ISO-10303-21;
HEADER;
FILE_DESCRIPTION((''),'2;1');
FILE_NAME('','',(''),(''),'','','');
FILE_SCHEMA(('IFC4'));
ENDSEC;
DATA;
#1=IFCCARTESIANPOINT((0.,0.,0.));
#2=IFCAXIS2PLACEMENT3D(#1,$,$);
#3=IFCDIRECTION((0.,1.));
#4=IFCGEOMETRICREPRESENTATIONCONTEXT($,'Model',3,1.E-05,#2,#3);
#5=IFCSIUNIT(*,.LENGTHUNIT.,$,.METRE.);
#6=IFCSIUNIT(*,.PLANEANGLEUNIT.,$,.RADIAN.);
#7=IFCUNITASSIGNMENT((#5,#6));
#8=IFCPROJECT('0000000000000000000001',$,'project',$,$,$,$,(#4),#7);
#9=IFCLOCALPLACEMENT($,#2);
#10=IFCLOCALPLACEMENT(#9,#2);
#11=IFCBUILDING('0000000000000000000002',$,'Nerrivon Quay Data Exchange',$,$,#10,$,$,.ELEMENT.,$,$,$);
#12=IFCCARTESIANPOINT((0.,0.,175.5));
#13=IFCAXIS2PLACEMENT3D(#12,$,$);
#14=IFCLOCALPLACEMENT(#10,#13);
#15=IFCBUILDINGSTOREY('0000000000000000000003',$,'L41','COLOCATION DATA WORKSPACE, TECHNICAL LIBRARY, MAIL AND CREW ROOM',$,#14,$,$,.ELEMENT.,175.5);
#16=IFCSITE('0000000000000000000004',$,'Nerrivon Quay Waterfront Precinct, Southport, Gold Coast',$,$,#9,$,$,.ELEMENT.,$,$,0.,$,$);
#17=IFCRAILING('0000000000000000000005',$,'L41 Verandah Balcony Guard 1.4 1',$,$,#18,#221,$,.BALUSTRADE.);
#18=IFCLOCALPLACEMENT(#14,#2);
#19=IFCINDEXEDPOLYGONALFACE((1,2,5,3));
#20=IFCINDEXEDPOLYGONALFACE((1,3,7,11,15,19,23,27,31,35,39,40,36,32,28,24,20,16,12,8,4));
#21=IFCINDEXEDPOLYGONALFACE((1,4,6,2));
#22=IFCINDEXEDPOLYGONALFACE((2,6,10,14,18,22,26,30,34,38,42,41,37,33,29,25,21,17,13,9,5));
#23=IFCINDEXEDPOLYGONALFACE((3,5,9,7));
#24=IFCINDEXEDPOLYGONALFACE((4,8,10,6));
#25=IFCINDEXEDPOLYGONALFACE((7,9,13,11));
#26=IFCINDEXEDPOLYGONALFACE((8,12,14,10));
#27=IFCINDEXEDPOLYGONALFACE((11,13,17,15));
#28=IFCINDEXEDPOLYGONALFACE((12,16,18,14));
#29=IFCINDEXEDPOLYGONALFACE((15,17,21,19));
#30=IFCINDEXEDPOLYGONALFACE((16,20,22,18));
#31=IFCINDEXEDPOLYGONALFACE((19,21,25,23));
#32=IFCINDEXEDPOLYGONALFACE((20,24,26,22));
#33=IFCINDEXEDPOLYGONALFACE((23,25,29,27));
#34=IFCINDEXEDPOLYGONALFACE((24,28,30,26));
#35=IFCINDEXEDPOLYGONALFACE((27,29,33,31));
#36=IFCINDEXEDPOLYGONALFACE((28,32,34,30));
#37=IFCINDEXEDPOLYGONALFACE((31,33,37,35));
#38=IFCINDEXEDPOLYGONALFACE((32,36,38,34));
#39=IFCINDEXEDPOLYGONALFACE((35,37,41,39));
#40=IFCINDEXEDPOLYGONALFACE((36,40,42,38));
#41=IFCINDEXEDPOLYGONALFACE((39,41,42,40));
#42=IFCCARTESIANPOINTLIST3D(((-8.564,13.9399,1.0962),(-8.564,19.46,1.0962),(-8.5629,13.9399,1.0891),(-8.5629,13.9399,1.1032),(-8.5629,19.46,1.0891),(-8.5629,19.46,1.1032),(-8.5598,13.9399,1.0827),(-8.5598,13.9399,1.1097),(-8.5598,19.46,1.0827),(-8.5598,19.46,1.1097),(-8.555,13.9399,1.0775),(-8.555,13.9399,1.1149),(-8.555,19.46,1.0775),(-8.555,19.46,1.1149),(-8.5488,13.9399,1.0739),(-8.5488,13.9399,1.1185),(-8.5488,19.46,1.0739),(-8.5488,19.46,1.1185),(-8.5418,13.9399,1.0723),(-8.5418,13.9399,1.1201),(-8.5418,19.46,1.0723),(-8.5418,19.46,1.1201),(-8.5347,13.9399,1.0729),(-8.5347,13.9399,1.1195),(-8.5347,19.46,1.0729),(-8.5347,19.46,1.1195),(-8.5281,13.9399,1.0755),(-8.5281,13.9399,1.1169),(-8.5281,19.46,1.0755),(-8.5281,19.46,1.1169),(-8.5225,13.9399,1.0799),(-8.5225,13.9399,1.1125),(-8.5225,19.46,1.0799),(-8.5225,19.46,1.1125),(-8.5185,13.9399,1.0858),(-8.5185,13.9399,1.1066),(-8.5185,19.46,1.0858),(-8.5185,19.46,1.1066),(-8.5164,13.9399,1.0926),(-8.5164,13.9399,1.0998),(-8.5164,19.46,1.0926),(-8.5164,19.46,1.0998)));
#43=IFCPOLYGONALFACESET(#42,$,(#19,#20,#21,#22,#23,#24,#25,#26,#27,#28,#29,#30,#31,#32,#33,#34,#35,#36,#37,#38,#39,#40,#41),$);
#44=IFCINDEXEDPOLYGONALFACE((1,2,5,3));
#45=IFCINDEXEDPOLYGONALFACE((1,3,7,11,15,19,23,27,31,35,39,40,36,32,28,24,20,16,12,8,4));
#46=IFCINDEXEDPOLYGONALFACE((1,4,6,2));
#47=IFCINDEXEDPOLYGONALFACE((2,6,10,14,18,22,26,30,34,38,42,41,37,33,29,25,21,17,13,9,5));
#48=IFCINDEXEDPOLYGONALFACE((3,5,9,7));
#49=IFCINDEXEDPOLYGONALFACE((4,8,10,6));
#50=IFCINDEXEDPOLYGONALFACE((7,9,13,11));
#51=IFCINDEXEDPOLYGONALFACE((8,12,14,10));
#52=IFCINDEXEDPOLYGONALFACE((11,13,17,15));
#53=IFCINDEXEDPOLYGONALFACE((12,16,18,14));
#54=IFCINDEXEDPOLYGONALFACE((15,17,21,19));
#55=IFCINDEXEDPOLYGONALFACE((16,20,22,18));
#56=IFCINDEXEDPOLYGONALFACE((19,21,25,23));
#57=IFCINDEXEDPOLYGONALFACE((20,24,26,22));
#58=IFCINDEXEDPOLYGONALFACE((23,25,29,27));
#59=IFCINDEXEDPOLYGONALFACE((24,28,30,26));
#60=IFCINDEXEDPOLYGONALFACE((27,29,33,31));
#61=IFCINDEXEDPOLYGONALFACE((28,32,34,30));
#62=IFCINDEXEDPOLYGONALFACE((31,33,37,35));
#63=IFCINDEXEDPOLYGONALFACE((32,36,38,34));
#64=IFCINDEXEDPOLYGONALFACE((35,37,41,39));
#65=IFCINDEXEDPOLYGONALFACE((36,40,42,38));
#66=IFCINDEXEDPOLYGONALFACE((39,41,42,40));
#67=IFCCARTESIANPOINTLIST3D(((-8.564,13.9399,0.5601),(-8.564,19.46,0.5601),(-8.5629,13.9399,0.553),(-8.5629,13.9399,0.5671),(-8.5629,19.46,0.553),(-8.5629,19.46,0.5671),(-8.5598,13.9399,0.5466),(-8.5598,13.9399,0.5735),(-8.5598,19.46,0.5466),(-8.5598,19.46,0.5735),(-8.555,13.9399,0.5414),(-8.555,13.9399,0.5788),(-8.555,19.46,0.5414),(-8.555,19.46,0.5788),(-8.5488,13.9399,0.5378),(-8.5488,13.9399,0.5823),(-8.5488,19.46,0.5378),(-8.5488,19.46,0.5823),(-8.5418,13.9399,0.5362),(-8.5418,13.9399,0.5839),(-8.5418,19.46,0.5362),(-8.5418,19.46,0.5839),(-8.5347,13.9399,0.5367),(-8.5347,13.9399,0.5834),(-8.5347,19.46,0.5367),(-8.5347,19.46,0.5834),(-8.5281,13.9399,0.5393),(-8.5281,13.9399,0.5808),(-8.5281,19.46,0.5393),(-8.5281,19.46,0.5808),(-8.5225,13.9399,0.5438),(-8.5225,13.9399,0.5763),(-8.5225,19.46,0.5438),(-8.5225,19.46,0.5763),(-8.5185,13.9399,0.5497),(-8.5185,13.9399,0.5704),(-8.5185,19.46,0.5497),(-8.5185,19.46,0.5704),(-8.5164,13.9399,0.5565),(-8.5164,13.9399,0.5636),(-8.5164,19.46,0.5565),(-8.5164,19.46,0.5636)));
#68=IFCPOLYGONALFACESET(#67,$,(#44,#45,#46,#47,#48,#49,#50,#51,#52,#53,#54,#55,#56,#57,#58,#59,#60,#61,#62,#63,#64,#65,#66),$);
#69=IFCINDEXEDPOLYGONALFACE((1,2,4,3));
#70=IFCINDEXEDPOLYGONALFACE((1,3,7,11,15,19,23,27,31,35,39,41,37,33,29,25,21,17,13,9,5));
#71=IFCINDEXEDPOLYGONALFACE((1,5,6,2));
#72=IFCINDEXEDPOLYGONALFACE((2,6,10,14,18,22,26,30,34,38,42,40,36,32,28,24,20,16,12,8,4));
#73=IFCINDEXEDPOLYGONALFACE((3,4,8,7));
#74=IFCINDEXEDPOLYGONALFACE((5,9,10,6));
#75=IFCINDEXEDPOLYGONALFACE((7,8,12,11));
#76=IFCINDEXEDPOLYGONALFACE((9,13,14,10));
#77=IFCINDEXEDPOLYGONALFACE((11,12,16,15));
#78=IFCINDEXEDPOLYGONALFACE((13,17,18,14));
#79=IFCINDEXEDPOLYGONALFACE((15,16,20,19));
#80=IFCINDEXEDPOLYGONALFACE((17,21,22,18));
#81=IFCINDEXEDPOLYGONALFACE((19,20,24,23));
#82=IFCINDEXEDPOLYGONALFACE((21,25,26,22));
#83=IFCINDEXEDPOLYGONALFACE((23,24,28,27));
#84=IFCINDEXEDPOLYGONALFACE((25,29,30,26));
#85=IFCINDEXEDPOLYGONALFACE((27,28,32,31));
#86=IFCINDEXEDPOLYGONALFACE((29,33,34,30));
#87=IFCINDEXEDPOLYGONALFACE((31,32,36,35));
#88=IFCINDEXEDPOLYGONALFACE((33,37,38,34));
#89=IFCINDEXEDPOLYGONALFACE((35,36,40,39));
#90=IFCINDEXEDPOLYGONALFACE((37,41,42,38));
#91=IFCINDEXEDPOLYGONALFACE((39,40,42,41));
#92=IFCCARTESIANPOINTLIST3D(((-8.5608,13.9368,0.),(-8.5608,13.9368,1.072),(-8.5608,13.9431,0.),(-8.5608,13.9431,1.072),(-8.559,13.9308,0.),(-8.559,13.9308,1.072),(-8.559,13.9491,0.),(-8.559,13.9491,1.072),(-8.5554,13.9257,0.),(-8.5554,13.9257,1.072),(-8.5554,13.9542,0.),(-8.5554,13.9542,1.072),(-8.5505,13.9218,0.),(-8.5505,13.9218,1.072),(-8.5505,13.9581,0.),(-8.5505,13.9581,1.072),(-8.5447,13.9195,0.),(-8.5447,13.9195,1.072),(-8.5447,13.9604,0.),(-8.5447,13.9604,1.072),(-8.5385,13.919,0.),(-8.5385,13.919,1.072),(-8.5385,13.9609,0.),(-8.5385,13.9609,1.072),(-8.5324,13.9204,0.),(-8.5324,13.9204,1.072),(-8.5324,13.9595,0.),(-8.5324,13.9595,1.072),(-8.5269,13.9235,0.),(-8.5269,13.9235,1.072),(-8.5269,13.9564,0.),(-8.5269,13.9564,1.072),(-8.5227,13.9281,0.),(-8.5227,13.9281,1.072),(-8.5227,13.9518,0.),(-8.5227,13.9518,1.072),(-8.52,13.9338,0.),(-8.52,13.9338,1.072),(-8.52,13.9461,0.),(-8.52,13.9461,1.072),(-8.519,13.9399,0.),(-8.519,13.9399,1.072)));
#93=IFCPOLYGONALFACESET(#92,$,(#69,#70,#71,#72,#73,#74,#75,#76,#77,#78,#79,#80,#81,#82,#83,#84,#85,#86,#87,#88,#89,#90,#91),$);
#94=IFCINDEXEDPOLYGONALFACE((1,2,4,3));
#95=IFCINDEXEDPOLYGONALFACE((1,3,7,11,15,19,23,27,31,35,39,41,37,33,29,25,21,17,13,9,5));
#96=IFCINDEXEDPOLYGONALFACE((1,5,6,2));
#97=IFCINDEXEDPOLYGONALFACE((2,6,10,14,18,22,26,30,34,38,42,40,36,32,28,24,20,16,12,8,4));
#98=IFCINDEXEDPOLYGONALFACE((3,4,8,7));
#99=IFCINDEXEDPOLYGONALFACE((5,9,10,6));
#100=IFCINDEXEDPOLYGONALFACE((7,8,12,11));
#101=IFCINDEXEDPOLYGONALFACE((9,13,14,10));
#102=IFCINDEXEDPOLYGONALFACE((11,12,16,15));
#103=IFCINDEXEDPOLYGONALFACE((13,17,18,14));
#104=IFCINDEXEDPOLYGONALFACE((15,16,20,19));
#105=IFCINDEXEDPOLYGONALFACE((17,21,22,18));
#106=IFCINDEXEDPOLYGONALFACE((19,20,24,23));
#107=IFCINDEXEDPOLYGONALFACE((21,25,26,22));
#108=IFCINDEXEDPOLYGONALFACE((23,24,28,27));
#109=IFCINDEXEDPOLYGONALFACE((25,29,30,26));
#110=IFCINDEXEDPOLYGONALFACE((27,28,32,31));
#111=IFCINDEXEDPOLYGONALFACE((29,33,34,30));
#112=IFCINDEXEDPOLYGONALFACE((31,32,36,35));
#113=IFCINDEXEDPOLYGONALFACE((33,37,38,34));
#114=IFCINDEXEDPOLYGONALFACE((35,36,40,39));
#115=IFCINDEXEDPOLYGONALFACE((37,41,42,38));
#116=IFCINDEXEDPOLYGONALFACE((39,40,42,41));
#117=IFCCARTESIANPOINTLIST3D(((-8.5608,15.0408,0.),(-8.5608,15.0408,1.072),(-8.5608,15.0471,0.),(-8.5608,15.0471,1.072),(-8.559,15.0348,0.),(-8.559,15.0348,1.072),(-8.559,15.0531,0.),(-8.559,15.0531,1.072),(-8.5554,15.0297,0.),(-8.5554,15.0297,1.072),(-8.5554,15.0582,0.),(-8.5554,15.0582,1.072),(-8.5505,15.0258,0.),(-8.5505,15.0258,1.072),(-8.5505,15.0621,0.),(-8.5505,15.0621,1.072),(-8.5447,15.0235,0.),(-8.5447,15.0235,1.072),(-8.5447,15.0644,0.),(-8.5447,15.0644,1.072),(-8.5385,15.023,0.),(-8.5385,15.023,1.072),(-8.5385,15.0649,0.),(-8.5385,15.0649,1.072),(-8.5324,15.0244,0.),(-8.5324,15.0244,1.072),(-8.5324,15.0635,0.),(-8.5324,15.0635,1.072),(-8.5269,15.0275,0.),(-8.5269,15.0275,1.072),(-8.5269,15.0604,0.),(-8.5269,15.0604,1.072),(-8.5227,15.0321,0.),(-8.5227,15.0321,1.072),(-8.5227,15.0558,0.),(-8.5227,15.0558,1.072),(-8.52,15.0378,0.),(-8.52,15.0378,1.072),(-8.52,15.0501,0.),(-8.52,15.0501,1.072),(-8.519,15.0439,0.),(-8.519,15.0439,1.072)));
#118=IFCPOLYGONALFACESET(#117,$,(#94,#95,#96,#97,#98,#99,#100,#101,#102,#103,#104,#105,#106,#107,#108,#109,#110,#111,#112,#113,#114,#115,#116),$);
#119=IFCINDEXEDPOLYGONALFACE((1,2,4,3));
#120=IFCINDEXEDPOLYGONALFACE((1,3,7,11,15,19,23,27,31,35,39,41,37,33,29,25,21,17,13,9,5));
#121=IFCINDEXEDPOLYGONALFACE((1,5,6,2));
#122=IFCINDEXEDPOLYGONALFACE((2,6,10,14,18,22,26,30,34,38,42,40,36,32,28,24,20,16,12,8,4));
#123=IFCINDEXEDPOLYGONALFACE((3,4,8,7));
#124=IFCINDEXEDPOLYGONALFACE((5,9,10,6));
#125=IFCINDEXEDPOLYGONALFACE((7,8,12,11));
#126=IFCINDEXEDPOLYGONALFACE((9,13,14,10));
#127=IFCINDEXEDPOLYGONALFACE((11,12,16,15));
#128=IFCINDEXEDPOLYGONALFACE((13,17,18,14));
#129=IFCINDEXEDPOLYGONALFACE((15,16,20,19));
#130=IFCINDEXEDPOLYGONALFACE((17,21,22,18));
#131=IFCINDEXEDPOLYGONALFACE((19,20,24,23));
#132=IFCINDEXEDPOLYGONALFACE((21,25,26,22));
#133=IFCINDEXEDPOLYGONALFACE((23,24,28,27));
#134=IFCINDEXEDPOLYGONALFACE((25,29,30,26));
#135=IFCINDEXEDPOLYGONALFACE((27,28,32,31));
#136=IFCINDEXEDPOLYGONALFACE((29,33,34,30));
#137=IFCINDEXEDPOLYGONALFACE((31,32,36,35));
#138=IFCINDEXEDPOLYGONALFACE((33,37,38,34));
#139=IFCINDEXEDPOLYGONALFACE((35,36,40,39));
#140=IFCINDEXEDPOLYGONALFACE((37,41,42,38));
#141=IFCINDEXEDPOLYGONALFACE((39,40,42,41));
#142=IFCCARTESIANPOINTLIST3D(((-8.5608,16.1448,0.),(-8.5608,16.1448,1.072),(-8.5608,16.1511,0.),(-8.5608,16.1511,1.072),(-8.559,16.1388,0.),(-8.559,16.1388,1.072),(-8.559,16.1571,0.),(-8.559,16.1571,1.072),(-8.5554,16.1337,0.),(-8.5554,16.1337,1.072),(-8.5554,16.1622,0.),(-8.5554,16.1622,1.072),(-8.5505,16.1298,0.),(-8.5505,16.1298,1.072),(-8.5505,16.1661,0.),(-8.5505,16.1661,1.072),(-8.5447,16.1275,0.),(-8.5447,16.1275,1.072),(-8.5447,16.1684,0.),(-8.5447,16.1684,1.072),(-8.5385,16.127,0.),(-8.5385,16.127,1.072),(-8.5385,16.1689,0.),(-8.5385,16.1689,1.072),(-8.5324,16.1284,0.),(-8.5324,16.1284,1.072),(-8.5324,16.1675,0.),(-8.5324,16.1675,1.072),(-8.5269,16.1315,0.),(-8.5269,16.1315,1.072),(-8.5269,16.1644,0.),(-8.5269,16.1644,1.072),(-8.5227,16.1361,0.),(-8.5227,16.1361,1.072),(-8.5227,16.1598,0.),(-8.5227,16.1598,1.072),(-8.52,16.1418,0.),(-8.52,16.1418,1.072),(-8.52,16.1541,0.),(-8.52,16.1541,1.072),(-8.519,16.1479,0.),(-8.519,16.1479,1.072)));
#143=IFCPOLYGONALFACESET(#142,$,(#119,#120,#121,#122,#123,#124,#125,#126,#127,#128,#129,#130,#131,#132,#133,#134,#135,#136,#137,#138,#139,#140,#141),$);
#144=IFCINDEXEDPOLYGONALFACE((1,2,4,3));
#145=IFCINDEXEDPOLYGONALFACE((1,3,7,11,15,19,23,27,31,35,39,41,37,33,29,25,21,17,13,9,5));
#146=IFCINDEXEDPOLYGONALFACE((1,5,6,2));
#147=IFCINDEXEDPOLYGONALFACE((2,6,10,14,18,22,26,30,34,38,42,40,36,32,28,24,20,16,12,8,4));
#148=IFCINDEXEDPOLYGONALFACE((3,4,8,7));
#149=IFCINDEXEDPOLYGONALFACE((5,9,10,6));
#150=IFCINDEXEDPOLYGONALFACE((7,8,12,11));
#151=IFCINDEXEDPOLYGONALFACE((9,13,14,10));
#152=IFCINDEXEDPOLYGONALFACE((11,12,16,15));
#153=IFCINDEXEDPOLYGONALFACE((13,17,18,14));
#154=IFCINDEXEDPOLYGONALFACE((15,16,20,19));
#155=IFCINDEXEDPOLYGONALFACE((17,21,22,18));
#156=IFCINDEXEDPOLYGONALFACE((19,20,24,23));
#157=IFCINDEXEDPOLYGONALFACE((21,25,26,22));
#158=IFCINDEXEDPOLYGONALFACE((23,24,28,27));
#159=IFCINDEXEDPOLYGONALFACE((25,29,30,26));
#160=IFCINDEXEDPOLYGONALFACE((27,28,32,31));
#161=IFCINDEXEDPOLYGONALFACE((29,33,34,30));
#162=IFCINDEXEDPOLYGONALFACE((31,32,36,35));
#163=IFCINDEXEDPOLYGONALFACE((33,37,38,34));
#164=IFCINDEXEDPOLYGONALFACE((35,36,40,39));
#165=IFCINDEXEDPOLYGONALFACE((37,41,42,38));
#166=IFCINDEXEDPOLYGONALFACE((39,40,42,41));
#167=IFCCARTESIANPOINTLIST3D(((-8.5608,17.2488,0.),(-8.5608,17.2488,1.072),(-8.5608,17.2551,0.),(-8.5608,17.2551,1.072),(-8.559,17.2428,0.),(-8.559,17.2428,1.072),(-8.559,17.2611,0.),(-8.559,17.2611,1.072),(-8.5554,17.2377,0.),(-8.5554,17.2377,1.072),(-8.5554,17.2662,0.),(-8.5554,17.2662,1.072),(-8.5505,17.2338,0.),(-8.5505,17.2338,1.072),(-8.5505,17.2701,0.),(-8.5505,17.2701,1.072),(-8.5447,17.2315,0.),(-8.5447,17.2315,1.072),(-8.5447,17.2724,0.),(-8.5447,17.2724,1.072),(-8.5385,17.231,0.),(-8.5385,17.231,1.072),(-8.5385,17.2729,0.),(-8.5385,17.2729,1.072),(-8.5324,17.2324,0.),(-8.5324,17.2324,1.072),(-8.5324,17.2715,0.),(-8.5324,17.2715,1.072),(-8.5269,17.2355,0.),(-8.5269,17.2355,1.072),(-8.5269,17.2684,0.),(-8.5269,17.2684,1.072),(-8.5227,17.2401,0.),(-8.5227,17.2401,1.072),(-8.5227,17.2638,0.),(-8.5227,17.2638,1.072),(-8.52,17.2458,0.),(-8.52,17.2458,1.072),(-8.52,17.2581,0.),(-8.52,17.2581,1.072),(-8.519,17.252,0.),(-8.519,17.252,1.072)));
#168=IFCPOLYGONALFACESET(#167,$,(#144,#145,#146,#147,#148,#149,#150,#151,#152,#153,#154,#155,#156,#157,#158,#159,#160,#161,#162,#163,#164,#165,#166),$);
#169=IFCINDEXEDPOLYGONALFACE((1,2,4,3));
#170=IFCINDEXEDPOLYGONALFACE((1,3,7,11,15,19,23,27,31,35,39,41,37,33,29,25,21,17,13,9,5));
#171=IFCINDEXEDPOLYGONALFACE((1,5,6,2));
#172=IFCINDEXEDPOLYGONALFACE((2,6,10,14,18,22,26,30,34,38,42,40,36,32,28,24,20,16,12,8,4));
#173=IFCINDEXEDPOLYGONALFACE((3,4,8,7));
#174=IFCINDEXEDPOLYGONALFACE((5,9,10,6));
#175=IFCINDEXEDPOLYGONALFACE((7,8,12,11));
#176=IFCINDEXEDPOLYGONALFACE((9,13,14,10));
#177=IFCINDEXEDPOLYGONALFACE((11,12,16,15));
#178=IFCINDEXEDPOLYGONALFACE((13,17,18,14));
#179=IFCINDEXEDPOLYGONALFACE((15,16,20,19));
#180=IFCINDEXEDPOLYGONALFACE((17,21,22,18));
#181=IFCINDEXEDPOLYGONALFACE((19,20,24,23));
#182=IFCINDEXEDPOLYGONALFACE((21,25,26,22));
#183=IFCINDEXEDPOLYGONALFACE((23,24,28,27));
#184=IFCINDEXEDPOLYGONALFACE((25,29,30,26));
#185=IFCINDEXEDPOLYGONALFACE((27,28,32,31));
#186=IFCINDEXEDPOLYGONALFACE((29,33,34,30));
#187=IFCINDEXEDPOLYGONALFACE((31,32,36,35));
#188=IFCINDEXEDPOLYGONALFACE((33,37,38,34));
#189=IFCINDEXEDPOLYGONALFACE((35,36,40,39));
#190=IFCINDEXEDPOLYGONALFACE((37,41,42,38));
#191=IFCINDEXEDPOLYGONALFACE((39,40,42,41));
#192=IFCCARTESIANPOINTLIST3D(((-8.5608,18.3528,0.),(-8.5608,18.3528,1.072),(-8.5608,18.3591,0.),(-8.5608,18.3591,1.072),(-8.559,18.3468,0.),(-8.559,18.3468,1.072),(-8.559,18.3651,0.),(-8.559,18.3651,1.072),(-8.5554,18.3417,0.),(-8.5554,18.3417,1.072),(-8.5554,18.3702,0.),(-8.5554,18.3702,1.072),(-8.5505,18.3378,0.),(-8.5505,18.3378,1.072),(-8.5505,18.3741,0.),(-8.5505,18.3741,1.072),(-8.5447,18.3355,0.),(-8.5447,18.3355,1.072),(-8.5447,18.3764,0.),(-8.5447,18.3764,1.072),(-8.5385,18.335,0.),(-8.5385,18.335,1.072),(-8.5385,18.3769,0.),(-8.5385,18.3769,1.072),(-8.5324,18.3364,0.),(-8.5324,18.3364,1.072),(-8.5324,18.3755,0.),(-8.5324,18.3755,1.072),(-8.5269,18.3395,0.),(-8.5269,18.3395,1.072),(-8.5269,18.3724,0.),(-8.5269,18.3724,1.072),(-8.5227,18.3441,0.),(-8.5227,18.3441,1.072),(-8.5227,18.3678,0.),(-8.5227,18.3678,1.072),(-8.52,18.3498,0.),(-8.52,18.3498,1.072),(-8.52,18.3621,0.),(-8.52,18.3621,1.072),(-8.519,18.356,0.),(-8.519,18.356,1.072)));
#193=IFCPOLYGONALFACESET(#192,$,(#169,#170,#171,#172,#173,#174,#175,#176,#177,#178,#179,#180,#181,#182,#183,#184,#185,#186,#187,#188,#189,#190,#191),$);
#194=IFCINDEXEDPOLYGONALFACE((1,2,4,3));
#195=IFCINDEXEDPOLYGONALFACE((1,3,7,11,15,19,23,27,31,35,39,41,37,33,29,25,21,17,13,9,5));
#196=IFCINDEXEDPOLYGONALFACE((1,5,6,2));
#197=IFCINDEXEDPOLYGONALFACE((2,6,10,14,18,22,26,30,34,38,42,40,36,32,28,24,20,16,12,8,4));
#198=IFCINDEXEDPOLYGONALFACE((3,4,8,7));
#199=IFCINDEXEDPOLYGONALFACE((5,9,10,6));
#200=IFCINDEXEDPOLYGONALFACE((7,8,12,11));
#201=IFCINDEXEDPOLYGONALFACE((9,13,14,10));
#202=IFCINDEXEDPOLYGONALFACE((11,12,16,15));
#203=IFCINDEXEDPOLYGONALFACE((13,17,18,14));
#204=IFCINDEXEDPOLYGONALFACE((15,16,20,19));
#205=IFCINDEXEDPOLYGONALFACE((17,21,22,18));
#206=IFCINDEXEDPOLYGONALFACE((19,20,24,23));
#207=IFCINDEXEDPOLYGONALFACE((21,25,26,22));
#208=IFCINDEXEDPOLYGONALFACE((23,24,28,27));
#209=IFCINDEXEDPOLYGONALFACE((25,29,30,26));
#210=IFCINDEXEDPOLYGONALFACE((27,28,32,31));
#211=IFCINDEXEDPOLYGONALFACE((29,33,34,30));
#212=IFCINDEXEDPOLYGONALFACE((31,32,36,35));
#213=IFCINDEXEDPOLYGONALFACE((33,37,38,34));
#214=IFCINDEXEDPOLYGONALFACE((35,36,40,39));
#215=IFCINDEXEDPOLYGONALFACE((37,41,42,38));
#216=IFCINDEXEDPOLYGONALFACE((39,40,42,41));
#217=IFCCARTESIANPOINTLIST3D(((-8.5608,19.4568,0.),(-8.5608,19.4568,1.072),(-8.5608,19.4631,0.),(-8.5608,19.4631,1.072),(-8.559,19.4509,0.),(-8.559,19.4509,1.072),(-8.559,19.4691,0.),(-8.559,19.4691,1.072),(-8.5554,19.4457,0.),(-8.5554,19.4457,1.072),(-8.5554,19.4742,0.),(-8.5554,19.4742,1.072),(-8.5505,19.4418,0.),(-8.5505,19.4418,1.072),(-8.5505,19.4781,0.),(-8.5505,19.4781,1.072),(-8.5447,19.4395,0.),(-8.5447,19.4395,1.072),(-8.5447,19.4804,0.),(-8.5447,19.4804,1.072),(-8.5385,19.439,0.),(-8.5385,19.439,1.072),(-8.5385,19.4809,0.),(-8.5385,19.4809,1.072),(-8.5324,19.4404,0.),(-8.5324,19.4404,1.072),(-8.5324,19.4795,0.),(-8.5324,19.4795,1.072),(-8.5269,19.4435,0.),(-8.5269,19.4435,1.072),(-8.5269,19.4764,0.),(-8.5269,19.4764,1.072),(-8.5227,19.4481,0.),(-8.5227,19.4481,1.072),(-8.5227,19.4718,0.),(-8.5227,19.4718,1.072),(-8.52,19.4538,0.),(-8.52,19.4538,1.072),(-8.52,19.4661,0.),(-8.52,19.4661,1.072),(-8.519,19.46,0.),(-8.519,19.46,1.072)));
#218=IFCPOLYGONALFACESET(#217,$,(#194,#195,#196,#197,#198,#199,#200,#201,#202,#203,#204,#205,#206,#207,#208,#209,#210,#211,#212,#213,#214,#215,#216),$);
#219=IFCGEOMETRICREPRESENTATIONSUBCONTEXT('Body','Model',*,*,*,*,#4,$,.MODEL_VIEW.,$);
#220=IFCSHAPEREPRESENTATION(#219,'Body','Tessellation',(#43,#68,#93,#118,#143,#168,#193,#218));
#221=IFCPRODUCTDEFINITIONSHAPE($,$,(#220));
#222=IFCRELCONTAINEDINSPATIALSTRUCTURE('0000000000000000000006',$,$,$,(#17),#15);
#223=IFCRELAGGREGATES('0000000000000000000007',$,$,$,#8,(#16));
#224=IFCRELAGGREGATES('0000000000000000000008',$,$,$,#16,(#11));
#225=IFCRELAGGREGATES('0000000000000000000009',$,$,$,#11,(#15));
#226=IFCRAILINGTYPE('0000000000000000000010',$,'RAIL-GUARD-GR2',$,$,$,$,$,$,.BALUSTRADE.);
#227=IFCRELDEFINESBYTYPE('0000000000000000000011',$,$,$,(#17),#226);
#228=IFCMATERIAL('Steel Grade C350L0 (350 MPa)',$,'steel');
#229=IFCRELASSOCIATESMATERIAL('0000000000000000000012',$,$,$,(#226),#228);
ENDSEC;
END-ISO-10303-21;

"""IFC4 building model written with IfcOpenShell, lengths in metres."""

from ifc_helpers import new_model, si_unit, direction, frame, origin, origin_2d, place, context, subcontext, project, spatial, circle, extrude, material, type_object, element, save


model = new_model("IFC4")

# Units and contexts
model_context = context("Model", 3, precision=1e-05, world=origin(), true_north=direction((0.0, 1.0)))
body_context = subcontext(model_context, "Body", "Model", "MODEL_VIEW")
ifc_project = project(units=[si_unit("LENGTHUNIT", "METRE"), si_unit("PLANEANGLEUNIT", "RADIAN")], contexts=[model_context])

# Site, building, storey
site_placement = place(None, origin())
site = spatial("IfcSite", under=ifc_project, at=site_placement, Name="Nerrivon Quay Waterfront Precinct, Southport, Gold Coast", CompositionType="ELEMENT", RefElevation=0.0)
building_placement = place(site_placement, origin())
building = spatial("IfcBuilding", under=site, at=building_placement, Name="Nerrivon Quay Data Exchange", CompositionType="ELEMENT")
storey_placement = place(building_placement, frame((0.0, 0.0, 175.5)))
storey = spatial("IfcBuildingStorey", under=building, at=storey_placement, Name="L41", Description="COLOCATION DATA WORKSPACE, TECHNICAL LIBRARY, MAIL AND CREW ROOM", CompositionType="ELEMENT", Elevation=175.5)

# Railing
ifc_material_1 = material(Name="Steel Grade C350L0 (350 MPa)", Category="steel")
railing_type = type_object("IfcRailingType", Name="RAIL-GUARD-GR2", PredefinedType="BALUSTRADE", material=ifc_material_1)
railing_1_placement = place(storey_placement, frame((-8.54, 13.9399, 0.0)))
element("IfcRailing", 1, at=railing_1_placement, inside=storey, type_object=railing_type, Name="L41 Verandah Balcony Guard 1.4 1", PredefinedType="BALUSTRADE", context=body_context, shape_type="SweptSolid", body=[
    extrude(circle(Radius=0.0239, at=origin_2d()), frame((0.0, 0.0, 1.0962), z_axis=(0.0, 1.0, 0.0), x_axis=(-1.0, 0.0, 0.0)), (0.0, 0.0, 1.0), 5.52),
    extrude(circle(Radius=0.0239, at=origin_2d()), frame((0.0, 0.0, 0.5601), z_axis=(0.0, 1.0, 0.0), x_axis=(-1.0, 0.0, 0.0)), (0.0, 0.0, 1.0), 5.52),
    extrude(circle(Radius=0.021, at=origin_2d()), origin(), (0.0, 0.0, 1.0), 1.072),
    extrude(circle(Radius=0.021, at=origin_2d()), frame((0.0, 1.104, 0.0)), (0.0, 0.0, 1.0), 1.072),
    extrude(circle(Radius=0.021, at=origin_2d()), frame((0.0, 2.208, 0.0)), (0.0, 0.0, 1.0), 1.072),
    extrude(circle(Radius=0.021, at=origin_2d()), frame((0.0, 3.312, 0.0)), (0.0, 0.0, 1.0), 1.072),
    extrude(circle(Radius=0.021, at=origin_2d()), frame((0.0, 4.416, 0.0)), (0.0, 0.0, 1.0), 1.072),
    extrude(circle(Radius=0.021, at=origin_2d()), frame((0.0, 5.52, 0.0)), (0.0, 0.0, 1.0), 1.072),
])

save(model, "model.ifc")
